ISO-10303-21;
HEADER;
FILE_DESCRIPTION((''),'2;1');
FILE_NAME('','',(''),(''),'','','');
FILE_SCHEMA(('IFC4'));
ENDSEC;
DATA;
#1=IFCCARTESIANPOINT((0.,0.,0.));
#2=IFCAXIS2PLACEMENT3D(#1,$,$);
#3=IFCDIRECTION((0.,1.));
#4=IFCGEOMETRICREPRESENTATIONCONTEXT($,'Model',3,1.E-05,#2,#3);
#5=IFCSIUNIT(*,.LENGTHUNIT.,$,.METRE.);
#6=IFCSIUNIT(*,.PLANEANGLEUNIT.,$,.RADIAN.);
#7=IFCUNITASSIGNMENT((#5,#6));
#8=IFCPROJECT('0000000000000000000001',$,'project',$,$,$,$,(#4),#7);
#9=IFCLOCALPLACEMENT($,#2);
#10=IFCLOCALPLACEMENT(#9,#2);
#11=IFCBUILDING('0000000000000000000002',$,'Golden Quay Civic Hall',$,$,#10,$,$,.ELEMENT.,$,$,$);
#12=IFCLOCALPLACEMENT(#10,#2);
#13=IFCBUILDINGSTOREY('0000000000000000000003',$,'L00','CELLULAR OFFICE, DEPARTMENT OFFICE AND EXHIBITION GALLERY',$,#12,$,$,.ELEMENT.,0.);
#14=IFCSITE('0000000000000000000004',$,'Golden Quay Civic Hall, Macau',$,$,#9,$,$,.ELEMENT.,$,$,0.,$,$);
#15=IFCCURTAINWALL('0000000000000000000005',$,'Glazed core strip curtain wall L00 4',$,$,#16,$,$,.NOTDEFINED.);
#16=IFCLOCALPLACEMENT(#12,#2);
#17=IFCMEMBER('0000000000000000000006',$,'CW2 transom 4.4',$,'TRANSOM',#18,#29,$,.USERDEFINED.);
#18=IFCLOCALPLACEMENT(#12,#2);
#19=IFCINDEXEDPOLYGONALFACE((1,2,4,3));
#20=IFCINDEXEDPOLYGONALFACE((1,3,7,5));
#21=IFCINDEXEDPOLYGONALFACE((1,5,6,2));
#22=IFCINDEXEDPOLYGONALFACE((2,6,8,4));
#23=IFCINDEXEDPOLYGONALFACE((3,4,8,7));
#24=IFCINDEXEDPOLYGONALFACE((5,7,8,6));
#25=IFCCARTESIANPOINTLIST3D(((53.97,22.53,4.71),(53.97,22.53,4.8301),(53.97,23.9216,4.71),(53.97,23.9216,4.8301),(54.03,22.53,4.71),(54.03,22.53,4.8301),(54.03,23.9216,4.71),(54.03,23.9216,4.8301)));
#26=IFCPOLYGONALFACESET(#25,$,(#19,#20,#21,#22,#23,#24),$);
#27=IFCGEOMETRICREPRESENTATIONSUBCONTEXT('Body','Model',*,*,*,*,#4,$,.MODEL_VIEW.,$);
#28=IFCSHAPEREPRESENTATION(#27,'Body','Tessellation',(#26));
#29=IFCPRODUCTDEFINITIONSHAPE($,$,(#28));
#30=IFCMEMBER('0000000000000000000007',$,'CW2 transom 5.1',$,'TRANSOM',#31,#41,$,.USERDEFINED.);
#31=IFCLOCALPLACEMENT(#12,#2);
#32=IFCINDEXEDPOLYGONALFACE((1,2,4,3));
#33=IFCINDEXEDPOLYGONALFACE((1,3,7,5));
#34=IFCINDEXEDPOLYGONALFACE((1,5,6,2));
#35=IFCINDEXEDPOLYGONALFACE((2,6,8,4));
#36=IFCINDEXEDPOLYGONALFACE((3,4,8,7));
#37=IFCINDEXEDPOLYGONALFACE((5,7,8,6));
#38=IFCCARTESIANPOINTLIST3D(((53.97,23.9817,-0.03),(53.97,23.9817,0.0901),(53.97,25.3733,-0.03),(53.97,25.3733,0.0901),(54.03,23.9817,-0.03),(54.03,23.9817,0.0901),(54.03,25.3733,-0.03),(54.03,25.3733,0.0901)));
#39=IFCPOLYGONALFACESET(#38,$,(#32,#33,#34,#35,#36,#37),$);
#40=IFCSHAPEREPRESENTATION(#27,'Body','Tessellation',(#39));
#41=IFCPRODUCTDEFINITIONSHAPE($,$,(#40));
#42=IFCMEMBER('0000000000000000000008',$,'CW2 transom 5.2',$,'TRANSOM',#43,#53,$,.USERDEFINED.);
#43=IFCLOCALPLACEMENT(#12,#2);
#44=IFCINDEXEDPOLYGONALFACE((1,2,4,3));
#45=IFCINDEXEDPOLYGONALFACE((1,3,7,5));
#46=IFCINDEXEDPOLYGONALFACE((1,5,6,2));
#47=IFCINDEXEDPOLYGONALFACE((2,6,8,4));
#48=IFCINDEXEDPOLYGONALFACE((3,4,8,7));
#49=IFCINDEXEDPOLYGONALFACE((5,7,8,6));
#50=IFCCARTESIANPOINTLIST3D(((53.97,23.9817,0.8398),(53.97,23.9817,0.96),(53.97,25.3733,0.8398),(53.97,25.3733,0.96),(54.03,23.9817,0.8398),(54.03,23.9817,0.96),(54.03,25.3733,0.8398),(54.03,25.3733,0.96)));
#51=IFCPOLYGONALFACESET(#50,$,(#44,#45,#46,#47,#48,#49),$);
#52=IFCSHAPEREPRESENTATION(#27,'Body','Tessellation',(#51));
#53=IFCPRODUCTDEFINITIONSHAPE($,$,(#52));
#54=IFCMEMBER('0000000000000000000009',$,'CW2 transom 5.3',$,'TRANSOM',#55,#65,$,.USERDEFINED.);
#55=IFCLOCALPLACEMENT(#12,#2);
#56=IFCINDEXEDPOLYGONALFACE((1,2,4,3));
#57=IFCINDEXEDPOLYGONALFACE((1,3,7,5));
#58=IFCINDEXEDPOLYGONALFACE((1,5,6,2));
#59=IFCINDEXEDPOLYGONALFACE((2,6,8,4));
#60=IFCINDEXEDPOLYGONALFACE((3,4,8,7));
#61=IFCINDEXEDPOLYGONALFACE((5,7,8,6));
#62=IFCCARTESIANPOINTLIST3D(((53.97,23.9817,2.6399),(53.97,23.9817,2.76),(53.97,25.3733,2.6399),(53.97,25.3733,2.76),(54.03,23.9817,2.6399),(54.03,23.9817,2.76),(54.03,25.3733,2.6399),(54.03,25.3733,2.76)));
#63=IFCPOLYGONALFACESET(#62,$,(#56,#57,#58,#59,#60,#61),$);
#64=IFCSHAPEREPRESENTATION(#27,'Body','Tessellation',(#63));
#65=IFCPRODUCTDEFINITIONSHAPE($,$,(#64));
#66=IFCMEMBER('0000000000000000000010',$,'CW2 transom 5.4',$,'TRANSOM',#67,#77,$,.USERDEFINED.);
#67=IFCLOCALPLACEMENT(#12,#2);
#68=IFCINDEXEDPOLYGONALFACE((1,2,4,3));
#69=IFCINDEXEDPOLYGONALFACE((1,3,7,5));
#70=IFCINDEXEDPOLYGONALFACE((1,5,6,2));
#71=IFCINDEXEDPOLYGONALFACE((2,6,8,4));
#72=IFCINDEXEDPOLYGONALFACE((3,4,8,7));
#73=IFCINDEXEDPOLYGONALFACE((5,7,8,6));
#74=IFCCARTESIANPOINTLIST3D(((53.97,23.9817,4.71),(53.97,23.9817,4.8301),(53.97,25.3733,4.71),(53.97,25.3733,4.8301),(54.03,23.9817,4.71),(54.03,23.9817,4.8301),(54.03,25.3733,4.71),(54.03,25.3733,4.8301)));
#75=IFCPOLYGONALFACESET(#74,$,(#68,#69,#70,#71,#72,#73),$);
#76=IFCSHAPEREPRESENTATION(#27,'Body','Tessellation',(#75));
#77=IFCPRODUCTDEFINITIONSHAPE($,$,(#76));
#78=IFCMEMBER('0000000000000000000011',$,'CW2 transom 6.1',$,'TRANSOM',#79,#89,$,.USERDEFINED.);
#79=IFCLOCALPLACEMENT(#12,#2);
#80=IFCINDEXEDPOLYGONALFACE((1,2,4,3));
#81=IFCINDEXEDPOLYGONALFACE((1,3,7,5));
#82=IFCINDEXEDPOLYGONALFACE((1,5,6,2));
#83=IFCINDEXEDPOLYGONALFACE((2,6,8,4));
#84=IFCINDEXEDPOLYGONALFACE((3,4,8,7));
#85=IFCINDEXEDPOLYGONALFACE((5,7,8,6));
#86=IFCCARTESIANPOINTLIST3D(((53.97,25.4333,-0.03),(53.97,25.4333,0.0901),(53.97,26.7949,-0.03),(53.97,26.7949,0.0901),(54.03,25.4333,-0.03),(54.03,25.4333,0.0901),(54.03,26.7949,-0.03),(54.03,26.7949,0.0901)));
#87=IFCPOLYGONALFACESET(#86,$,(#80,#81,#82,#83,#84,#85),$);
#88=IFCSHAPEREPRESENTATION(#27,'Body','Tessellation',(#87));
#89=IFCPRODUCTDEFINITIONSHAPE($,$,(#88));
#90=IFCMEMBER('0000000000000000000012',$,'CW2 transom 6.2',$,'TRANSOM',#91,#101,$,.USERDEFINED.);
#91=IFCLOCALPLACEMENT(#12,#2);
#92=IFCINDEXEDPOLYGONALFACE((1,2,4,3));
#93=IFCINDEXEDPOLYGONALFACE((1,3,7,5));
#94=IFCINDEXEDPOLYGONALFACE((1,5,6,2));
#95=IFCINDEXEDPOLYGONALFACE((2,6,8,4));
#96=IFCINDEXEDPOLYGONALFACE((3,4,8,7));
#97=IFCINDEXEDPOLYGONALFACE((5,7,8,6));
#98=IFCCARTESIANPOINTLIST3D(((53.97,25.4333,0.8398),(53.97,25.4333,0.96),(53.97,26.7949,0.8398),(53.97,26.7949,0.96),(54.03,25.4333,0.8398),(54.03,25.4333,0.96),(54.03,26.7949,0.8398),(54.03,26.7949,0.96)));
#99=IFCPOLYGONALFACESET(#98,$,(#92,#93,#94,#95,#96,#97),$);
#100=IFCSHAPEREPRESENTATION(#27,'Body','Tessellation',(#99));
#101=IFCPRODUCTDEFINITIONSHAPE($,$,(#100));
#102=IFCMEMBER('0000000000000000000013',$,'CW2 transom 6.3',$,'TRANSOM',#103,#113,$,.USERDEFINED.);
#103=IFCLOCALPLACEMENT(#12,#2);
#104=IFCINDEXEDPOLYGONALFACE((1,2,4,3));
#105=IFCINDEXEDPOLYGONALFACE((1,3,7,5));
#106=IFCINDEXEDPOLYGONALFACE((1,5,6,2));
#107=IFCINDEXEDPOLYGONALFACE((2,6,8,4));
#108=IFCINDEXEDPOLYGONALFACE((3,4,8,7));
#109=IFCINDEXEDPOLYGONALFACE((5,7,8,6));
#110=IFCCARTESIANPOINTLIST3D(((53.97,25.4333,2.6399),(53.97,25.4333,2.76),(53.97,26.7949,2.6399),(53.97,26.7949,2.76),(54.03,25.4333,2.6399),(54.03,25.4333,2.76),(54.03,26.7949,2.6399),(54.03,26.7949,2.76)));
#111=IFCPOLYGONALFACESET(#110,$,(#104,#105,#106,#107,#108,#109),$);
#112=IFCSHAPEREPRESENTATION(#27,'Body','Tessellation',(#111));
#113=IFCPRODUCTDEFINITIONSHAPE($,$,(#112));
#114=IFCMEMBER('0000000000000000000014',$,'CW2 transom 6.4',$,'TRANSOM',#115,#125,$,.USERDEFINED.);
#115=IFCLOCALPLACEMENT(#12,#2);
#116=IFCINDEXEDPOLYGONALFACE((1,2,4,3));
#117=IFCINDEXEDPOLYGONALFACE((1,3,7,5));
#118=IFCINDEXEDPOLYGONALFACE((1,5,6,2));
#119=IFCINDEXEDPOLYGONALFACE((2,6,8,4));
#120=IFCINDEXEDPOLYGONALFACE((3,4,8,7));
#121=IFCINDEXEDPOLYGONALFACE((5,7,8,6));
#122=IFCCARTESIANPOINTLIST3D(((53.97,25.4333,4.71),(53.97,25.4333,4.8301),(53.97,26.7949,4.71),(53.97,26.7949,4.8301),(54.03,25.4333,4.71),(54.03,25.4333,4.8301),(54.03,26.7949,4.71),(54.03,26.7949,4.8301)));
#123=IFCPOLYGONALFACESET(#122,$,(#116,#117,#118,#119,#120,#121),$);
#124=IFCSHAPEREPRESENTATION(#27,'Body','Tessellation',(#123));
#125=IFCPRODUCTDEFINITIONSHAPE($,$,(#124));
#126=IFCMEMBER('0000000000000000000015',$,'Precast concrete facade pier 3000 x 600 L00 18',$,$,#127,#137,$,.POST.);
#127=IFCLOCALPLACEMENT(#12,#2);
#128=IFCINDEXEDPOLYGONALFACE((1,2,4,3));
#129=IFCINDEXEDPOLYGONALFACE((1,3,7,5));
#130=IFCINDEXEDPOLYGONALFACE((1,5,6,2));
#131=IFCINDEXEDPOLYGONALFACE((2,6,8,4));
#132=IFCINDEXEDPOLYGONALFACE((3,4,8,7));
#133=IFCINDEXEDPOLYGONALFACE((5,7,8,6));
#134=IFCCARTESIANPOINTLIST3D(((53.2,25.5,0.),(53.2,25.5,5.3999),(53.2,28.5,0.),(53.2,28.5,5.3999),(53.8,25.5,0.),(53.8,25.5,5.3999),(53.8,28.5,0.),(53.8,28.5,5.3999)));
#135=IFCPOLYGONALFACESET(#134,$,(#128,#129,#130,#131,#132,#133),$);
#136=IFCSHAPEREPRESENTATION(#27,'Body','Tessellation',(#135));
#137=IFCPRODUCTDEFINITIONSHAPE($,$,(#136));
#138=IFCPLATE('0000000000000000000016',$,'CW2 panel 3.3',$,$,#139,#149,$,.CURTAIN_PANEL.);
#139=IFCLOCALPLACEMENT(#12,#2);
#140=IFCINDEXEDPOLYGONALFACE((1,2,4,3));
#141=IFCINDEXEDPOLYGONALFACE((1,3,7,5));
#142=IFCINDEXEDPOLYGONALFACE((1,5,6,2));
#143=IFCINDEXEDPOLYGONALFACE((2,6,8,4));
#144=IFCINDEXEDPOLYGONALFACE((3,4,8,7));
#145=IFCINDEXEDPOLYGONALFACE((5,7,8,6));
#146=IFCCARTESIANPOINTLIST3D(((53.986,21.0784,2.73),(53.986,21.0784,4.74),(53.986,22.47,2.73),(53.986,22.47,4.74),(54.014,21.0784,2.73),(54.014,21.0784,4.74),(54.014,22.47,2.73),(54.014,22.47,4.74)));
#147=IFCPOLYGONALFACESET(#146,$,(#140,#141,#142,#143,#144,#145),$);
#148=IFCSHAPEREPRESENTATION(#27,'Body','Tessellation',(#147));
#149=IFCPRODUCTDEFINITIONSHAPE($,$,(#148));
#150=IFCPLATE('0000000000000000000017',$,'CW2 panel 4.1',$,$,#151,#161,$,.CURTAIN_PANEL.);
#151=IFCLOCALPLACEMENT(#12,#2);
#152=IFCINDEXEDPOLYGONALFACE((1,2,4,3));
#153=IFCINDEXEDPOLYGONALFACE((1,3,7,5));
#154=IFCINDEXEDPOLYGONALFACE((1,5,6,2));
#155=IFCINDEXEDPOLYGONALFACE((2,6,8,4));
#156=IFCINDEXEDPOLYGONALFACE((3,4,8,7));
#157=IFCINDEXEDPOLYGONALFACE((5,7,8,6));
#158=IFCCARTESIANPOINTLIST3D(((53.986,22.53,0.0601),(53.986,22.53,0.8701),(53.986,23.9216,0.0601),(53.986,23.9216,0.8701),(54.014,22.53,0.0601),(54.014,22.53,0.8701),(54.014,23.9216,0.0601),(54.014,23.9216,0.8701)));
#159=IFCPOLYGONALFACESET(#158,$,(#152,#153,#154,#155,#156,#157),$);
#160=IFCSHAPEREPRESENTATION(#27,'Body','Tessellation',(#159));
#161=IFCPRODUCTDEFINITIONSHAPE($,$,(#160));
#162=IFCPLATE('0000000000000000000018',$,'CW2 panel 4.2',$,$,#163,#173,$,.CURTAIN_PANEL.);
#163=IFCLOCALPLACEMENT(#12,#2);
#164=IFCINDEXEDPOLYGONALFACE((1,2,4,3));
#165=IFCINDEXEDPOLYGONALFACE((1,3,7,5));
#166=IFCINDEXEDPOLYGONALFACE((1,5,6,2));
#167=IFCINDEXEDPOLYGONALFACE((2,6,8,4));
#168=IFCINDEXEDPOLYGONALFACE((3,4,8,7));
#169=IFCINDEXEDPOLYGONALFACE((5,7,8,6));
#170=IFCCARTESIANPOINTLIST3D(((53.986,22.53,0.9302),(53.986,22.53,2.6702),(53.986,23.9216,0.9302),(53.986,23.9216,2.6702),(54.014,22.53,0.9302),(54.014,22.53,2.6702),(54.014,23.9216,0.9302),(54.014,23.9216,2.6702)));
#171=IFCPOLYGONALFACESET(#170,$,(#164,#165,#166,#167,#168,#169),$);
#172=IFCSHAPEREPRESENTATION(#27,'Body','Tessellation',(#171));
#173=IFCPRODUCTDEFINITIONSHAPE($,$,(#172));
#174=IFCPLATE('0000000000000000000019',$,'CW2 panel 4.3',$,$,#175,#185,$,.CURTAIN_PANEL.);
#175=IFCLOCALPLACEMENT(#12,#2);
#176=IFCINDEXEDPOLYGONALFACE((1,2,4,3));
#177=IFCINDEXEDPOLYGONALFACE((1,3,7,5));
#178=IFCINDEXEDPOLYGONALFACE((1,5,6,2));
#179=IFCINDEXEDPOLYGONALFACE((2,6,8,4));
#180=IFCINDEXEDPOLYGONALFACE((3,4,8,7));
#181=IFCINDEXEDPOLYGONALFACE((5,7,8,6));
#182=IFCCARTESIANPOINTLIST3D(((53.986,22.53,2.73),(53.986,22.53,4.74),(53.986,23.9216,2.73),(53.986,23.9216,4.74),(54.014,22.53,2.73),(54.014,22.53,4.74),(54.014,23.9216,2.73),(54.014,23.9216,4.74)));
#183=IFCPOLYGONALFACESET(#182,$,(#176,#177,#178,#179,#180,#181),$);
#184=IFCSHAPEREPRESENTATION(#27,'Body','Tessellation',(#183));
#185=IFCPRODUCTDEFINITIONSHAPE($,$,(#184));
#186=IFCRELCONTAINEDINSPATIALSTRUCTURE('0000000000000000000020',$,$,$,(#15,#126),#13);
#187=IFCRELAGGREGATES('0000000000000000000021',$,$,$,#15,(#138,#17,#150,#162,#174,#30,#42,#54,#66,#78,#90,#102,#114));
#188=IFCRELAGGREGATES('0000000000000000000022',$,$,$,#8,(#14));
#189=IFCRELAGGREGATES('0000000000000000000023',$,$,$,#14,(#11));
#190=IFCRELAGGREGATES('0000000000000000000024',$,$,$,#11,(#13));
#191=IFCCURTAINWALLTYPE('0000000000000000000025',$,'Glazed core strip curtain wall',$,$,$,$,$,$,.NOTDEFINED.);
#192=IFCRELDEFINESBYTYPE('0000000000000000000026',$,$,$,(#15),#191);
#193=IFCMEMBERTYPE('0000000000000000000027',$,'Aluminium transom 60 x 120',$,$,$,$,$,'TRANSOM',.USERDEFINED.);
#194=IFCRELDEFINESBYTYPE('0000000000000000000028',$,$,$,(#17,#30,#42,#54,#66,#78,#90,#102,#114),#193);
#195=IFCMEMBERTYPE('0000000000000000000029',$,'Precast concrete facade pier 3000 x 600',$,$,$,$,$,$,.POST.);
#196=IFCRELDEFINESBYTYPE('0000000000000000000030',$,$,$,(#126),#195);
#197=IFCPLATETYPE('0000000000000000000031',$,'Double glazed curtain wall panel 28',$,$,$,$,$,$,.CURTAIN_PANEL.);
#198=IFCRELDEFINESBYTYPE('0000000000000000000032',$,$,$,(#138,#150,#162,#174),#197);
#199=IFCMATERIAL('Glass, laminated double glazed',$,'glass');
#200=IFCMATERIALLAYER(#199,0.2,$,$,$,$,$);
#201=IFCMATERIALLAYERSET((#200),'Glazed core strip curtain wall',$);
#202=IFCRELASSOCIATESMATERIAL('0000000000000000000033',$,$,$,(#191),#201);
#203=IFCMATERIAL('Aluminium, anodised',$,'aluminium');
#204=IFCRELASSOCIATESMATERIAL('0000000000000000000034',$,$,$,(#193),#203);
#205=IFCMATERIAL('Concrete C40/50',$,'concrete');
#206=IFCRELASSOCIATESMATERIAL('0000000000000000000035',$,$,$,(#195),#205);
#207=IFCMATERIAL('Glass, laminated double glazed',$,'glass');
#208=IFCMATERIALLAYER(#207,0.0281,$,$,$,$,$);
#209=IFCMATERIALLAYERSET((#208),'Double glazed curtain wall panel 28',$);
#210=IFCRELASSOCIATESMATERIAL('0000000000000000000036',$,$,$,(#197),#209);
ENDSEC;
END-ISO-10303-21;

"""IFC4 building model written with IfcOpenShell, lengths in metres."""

from ifc_helpers import new_model, si_unit, direction, frame, origin, origin_2d, place, context, subcontext, project, spatial, rectangle, extrude, material, layer, layer_set, material_profile, profile_set, type_object, element, aggregate, save


model = new_model("IFC4")

# Units and contexts
model_context = context("Model", 3, precision=1e-05, world=origin(), true_north=direction((0.0, 1.0)))
body_context = subcontext(model_context, "Body", "Model", "MODEL_VIEW")
ifc_project = project(units=[si_unit("LENGTHUNIT", "METRE"), si_unit("PLANEANGLEUNIT", "RADIAN")], contexts=[model_context])

# Site, building, storey
site_placement = place(None, origin())
site = spatial("IfcSite", under=ifc_project, at=site_placement, Name="Golden Quay Civic Hall, Macau", CompositionType="ELEMENT", RefElevation=0.0)
building_placement = place(site_placement, origin())
building = spatial("IfcBuilding", under=site, at=building_placement, Name="Golden Quay Civic Hall", CompositionType="ELEMENT")
storey_placement = place(building_placement, origin())
storey = spatial("IfcBuildingStorey", under=building, at=storey_placement, Name="L00", Description="CELLULAR OFFICE, DEPARTMENT OFFICE AND EXHIBITION GALLERY", CompositionType="ELEMENT", Elevation=0.0)

# Curtain wall, members
ifc_material_1 = material(Name="Glass, laminated double glazed", Category="glass")
ifc_layer_1 = layer(ifc_material_1, 0.2)
ifc_layer_set_1 = layer_set([ifc_layer_1], Name="Glazed core strip curtain wall")
curtain_wall_type = type_object("IfcCurtainWallType", Name="Glazed core strip curtain wall", PredefinedType="NOTDEFINED", material=ifc_layer_set_1)
curtain_wall_placement = place(storey_placement, origin())
curtain_wall = element("IfcCurtainWall", 1, at=curtain_wall_placement, inside=storey, type_object=curtain_wall_type, Name="Glazed core strip curtain wall L00 4", PredefinedType="NOTDEFINED")
ifc_material_2 = material(Name="Aluminium, anodised", Category="aluminium")
ifc_material_profile_1 = material_profile(ifc_material_2, rectangle(XDim=0.0601, YDim=0.1201, at=origin_2d()), Name="Aluminium 60 x 120")
ifc_profile_set_1 = profile_set([ifc_material_profile_1], Name="Aluminium, anodised")
member_type_1 = type_object("IfcMemberType", Name="Aluminium transom 60 x 120", ElementType="TRANSOM", PredefinedType="USERDEFINED", material=ifc_profile_set_1)
member_1_placement = place(storey_placement, frame((54.0, 22.53, 4.77), z_axis=(0.0, 1.0, 0.0), x_axis=(-1.0, 0.0, 0.0)))
member_1 = element("IfcMember", 2, at=member_1_placement, type_object=member_type_1, Name="CW2 transom 4.4", ObjectType="TRANSOM", PredefinedType="USERDEFINED", context=body_context, shape_type="SweptSolid", body=[
    extrude(rectangle(XDim=0.0601, YDim=0.1201, at=origin_2d()), origin(), (0.0, 0.0, 1.0), 1.3916),
])
member_2_placement = place(storey_placement, frame((54.0, 23.9817, 0.03), z_axis=(0.0, 1.0, 0.0), x_axis=(-1.0, 0.0, 0.0)))
member_2 = element("IfcMember", 3, at=member_2_placement, type_object=member_type_1, Name="CW2 transom 5.1", ObjectType="TRANSOM", PredefinedType="USERDEFINED", context=body_context, shape_type="SweptSolid", body=[
    extrude(rectangle(XDim=0.0601, YDim=0.1201, at=origin_2d()), origin(), (0.0, 0.0, 1.0), 1.3916),
])
member_3_placement = place(storey_placement, frame((54.0, 23.9817, 0.8999), z_axis=(0.0, 1.0, 0.0), x_axis=(-1.0, 0.0, 0.0)))
member_3 = element("IfcMember", 4, at=member_3_placement, type_object=member_type_1, Name="CW2 transom 5.2", ObjectType="TRANSOM", PredefinedType="USERDEFINED", context=body_context, shape_type="SweptSolid", body=[
    extrude(rectangle(XDim=0.0601, YDim=0.1201, at=origin_2d()), origin(), (0.0, 0.0, 1.0), 1.3916),
])
member_4_placement = place(storey_placement, frame((54.0, 23.9817, 2.7), z_axis=(0.0, 1.0, 0.0), x_axis=(-1.0, 0.0, 0.0)))
member_4 = element("IfcMember", 5, at=member_4_placement, type_object=member_type_1, Name="CW2 transom 5.3", ObjectType="TRANSOM", PredefinedType="USERDEFINED", context=body_context, shape_type="SweptSolid", body=[
    extrude(rectangle(XDim=0.0601, YDim=0.1201, at=origin_2d()), origin(), (0.0, 0.0, 1.0), 1.3916),
])
member_5_placement = place(storey_placement, frame((54.0, 23.9817, 4.77), z_axis=(0.0, 1.0, 0.0), x_axis=(-1.0, 0.0, 0.0)))
member_5 = element("IfcMember", 6, at=member_5_placement, type_object=member_type_1, Name="CW2 transom 5.4", ObjectType="TRANSOM", PredefinedType="USERDEFINED", context=body_context, shape_type="SweptSolid", body=[
    extrude(rectangle(XDim=0.0601, YDim=0.1201, at=origin_2d()), origin(), (0.0, 0.0, 1.0), 1.3916),
])
member_6_placement = place(storey_placement, frame((54.0, 25.4333, 0.03), z_axis=(0.0, 1.0, 0.0), x_axis=(-1.0, 0.0, 0.0)))
member_6 = element("IfcMember", 7, at=member_6_placement, type_object=member_type_1, Name="CW2 transom 6.1", ObjectType="TRANSOM", PredefinedType="USERDEFINED", context=body_context, shape_type="SweptSolid", body=[
    extrude(rectangle(XDim=0.0601, YDim=0.1201, at=origin_2d()), origin(), (0.0, 0.0, 1.0), 1.3616),
])
member_7_placement = place(storey_placement, frame((54.0, 25.4333, 0.8999), z_axis=(0.0, 1.0, 0.0), x_axis=(-1.0, 0.0, 0.0)))
member_7 = element("IfcMember", 8, at=member_7_placement, type_object=member_type_1, Name="CW2 transom 6.2", ObjectType="TRANSOM", PredefinedType="USERDEFINED", context=body_context, shape_type="SweptSolid", body=[
    extrude(rectangle(XDim=0.0601, YDim=0.1201, at=origin_2d()), origin(), (0.0, 0.0, 1.0), 1.3616),
])
member_8_placement = place(storey_placement, frame((54.0, 25.4333, 2.7), z_axis=(0.0, 1.0, 0.0), x_axis=(-1.0, 0.0, 0.0)))
member_8 = element("IfcMember", 9, at=member_8_placement, type_object=member_type_1, Name="CW2 transom 6.3", ObjectType="TRANSOM", PredefinedType="USERDEFINED", context=body_context, shape_type="SweptSolid", body=[
    extrude(rectangle(XDim=0.0601, YDim=0.1201, at=origin_2d()), origin(), (0.0, 0.0, 1.0), 1.3616),
])
member_9_placement = place(storey_placement, frame((54.0, 25.4333, 4.77), z_axis=(0.0, 1.0, 0.0), x_axis=(-1.0, 0.0, 0.0)))
member_9 = element("IfcMember", 10, at=member_9_placement, type_object=member_type_1, Name="CW2 transom 6.4", ObjectType="TRANSOM", PredefinedType="USERDEFINED", context=body_context, shape_type="SweptSolid", body=[
    extrude(rectangle(XDim=0.0601, YDim=0.1201, at=origin_2d()), origin(), (0.0, 0.0, 1.0), 1.3616),
])

# Member
ifc_material_3 = material(Name="Concrete C40/50", Category="concrete")
ifc_material_profile_2 = material_profile(ifc_material_3, rectangle(XDim=3.0, YDim=0.6001, at=origin_2d()), Name="RC 3000x600")
ifc_profile_set_2 = profile_set([ifc_material_profile_2], Name="Concrete C40/50")
member_type_2 = type_object("IfcMemberType", Name="Precast concrete facade pier 3000 x 600", PredefinedType="POST", material=ifc_profile_set_2)
member_10_placement = place(storey_placement, frame((53.5, 27.0, 0.0), z_axis=(0.0, 0.0, 1.0), x_axis=(0.0, 1.0, 0.0)))
element("IfcMember", 11, at=member_10_placement, inside=storey, type_object=member_type_2, Name="Precast concrete facade pier 3000 x 600 L00 18", PredefinedType="POST", context=body_context, shape_type="SweptSolid", body=[
    extrude(rectangle(XDim=3.0, YDim=0.6001, at=origin_2d()), origin(), (0.0, 0.0, 1.0), 5.3999),
])

# Plates
ifc_material_4 = material(Name="Glass, laminated double glazed", Category="glass")
ifc_layer_2 = layer(ifc_material_4, 0.0281)
ifc_layer_set_2 = layer_set([ifc_layer_2], Name="Double glazed curtain wall panel 28")
plate_type = type_object("IfcPlateType", Name="Double glazed curtain wall panel 28", PredefinedType="CURTAIN_PANEL", material=ifc_layer_set_2)
plate_1_placement = place(storey_placement, frame((54.0, 21.7742, 2.73), z_axis=(0.0, 0.0, 1.0), x_axis=(0.0, 1.0, 0.0)))
plate_1 = element("IfcPlate", 12, at=plate_1_placement, type_object=plate_type, Name="CW2 panel 3.3", PredefinedType="CURTAIN_PANEL", context=body_context, shape_type="SweptSolid", body=[
    extrude(rectangle(XDim=1.3916, YDim=0.0281, at=origin_2d()), origin(), (0.0, 0.0, 1.0), 2.01),
])
plate_2_placement = place(storey_placement, frame((54.0, 23.2258, 0.0601), z_axis=(0.0, 0.0, 1.0), x_axis=(0.0, 1.0, 0.0)))
plate_2 = element("IfcPlate", 13, at=plate_2_placement, type_object=plate_type, Name="CW2 panel 4.1", PredefinedType="CURTAIN_PANEL", context=body_context, shape_type="SweptSolid", body=[
    extrude(rectangle(XDim=1.3916, YDim=0.0281, at=origin_2d()), origin(), (0.0, 0.0, 1.0), 0.8101),
])
plate_3_placement = place(storey_placement, frame((54.0, 23.2258, 0.9302), z_axis=(0.0, 0.0, 1.0), x_axis=(0.0, 1.0, 0.0)))
plate_3 = element("IfcPlate", 14, at=plate_3_placement, type_object=plate_type, Name="CW2 panel 4.2", PredefinedType="CURTAIN_PANEL", context=body_context, shape_type="SweptSolid", body=[
    extrude(rectangle(XDim=1.3916, YDim=0.0281, at=origin_2d()), origin(), (0.0, 0.0, 1.0), 1.74),
])
plate_4_placement = place(storey_placement, frame((54.0, 23.2258, 2.73), z_axis=(0.0, 0.0, 1.0), x_axis=(0.0, 1.0, 0.0)))
plate_4 = element("IfcPlate", 15, at=plate_4_placement, type_object=plate_type, Name="CW2 panel 4.3", PredefinedType="CURTAIN_PANEL", context=body_context, shape_type="SweptSolid", body=[
    extrude(rectangle(XDim=1.3916, YDim=0.0281, at=origin_2d()), origin(), (0.0, 0.0, 1.0), 2.01),
])
aggregate(curtain_wall, [plate_1, member_1, plate_2, plate_3, plate_4, member_2, member_3, member_4, member_5, member_6, member_7, member_8, member_9])

save(model, "model.ifc")
